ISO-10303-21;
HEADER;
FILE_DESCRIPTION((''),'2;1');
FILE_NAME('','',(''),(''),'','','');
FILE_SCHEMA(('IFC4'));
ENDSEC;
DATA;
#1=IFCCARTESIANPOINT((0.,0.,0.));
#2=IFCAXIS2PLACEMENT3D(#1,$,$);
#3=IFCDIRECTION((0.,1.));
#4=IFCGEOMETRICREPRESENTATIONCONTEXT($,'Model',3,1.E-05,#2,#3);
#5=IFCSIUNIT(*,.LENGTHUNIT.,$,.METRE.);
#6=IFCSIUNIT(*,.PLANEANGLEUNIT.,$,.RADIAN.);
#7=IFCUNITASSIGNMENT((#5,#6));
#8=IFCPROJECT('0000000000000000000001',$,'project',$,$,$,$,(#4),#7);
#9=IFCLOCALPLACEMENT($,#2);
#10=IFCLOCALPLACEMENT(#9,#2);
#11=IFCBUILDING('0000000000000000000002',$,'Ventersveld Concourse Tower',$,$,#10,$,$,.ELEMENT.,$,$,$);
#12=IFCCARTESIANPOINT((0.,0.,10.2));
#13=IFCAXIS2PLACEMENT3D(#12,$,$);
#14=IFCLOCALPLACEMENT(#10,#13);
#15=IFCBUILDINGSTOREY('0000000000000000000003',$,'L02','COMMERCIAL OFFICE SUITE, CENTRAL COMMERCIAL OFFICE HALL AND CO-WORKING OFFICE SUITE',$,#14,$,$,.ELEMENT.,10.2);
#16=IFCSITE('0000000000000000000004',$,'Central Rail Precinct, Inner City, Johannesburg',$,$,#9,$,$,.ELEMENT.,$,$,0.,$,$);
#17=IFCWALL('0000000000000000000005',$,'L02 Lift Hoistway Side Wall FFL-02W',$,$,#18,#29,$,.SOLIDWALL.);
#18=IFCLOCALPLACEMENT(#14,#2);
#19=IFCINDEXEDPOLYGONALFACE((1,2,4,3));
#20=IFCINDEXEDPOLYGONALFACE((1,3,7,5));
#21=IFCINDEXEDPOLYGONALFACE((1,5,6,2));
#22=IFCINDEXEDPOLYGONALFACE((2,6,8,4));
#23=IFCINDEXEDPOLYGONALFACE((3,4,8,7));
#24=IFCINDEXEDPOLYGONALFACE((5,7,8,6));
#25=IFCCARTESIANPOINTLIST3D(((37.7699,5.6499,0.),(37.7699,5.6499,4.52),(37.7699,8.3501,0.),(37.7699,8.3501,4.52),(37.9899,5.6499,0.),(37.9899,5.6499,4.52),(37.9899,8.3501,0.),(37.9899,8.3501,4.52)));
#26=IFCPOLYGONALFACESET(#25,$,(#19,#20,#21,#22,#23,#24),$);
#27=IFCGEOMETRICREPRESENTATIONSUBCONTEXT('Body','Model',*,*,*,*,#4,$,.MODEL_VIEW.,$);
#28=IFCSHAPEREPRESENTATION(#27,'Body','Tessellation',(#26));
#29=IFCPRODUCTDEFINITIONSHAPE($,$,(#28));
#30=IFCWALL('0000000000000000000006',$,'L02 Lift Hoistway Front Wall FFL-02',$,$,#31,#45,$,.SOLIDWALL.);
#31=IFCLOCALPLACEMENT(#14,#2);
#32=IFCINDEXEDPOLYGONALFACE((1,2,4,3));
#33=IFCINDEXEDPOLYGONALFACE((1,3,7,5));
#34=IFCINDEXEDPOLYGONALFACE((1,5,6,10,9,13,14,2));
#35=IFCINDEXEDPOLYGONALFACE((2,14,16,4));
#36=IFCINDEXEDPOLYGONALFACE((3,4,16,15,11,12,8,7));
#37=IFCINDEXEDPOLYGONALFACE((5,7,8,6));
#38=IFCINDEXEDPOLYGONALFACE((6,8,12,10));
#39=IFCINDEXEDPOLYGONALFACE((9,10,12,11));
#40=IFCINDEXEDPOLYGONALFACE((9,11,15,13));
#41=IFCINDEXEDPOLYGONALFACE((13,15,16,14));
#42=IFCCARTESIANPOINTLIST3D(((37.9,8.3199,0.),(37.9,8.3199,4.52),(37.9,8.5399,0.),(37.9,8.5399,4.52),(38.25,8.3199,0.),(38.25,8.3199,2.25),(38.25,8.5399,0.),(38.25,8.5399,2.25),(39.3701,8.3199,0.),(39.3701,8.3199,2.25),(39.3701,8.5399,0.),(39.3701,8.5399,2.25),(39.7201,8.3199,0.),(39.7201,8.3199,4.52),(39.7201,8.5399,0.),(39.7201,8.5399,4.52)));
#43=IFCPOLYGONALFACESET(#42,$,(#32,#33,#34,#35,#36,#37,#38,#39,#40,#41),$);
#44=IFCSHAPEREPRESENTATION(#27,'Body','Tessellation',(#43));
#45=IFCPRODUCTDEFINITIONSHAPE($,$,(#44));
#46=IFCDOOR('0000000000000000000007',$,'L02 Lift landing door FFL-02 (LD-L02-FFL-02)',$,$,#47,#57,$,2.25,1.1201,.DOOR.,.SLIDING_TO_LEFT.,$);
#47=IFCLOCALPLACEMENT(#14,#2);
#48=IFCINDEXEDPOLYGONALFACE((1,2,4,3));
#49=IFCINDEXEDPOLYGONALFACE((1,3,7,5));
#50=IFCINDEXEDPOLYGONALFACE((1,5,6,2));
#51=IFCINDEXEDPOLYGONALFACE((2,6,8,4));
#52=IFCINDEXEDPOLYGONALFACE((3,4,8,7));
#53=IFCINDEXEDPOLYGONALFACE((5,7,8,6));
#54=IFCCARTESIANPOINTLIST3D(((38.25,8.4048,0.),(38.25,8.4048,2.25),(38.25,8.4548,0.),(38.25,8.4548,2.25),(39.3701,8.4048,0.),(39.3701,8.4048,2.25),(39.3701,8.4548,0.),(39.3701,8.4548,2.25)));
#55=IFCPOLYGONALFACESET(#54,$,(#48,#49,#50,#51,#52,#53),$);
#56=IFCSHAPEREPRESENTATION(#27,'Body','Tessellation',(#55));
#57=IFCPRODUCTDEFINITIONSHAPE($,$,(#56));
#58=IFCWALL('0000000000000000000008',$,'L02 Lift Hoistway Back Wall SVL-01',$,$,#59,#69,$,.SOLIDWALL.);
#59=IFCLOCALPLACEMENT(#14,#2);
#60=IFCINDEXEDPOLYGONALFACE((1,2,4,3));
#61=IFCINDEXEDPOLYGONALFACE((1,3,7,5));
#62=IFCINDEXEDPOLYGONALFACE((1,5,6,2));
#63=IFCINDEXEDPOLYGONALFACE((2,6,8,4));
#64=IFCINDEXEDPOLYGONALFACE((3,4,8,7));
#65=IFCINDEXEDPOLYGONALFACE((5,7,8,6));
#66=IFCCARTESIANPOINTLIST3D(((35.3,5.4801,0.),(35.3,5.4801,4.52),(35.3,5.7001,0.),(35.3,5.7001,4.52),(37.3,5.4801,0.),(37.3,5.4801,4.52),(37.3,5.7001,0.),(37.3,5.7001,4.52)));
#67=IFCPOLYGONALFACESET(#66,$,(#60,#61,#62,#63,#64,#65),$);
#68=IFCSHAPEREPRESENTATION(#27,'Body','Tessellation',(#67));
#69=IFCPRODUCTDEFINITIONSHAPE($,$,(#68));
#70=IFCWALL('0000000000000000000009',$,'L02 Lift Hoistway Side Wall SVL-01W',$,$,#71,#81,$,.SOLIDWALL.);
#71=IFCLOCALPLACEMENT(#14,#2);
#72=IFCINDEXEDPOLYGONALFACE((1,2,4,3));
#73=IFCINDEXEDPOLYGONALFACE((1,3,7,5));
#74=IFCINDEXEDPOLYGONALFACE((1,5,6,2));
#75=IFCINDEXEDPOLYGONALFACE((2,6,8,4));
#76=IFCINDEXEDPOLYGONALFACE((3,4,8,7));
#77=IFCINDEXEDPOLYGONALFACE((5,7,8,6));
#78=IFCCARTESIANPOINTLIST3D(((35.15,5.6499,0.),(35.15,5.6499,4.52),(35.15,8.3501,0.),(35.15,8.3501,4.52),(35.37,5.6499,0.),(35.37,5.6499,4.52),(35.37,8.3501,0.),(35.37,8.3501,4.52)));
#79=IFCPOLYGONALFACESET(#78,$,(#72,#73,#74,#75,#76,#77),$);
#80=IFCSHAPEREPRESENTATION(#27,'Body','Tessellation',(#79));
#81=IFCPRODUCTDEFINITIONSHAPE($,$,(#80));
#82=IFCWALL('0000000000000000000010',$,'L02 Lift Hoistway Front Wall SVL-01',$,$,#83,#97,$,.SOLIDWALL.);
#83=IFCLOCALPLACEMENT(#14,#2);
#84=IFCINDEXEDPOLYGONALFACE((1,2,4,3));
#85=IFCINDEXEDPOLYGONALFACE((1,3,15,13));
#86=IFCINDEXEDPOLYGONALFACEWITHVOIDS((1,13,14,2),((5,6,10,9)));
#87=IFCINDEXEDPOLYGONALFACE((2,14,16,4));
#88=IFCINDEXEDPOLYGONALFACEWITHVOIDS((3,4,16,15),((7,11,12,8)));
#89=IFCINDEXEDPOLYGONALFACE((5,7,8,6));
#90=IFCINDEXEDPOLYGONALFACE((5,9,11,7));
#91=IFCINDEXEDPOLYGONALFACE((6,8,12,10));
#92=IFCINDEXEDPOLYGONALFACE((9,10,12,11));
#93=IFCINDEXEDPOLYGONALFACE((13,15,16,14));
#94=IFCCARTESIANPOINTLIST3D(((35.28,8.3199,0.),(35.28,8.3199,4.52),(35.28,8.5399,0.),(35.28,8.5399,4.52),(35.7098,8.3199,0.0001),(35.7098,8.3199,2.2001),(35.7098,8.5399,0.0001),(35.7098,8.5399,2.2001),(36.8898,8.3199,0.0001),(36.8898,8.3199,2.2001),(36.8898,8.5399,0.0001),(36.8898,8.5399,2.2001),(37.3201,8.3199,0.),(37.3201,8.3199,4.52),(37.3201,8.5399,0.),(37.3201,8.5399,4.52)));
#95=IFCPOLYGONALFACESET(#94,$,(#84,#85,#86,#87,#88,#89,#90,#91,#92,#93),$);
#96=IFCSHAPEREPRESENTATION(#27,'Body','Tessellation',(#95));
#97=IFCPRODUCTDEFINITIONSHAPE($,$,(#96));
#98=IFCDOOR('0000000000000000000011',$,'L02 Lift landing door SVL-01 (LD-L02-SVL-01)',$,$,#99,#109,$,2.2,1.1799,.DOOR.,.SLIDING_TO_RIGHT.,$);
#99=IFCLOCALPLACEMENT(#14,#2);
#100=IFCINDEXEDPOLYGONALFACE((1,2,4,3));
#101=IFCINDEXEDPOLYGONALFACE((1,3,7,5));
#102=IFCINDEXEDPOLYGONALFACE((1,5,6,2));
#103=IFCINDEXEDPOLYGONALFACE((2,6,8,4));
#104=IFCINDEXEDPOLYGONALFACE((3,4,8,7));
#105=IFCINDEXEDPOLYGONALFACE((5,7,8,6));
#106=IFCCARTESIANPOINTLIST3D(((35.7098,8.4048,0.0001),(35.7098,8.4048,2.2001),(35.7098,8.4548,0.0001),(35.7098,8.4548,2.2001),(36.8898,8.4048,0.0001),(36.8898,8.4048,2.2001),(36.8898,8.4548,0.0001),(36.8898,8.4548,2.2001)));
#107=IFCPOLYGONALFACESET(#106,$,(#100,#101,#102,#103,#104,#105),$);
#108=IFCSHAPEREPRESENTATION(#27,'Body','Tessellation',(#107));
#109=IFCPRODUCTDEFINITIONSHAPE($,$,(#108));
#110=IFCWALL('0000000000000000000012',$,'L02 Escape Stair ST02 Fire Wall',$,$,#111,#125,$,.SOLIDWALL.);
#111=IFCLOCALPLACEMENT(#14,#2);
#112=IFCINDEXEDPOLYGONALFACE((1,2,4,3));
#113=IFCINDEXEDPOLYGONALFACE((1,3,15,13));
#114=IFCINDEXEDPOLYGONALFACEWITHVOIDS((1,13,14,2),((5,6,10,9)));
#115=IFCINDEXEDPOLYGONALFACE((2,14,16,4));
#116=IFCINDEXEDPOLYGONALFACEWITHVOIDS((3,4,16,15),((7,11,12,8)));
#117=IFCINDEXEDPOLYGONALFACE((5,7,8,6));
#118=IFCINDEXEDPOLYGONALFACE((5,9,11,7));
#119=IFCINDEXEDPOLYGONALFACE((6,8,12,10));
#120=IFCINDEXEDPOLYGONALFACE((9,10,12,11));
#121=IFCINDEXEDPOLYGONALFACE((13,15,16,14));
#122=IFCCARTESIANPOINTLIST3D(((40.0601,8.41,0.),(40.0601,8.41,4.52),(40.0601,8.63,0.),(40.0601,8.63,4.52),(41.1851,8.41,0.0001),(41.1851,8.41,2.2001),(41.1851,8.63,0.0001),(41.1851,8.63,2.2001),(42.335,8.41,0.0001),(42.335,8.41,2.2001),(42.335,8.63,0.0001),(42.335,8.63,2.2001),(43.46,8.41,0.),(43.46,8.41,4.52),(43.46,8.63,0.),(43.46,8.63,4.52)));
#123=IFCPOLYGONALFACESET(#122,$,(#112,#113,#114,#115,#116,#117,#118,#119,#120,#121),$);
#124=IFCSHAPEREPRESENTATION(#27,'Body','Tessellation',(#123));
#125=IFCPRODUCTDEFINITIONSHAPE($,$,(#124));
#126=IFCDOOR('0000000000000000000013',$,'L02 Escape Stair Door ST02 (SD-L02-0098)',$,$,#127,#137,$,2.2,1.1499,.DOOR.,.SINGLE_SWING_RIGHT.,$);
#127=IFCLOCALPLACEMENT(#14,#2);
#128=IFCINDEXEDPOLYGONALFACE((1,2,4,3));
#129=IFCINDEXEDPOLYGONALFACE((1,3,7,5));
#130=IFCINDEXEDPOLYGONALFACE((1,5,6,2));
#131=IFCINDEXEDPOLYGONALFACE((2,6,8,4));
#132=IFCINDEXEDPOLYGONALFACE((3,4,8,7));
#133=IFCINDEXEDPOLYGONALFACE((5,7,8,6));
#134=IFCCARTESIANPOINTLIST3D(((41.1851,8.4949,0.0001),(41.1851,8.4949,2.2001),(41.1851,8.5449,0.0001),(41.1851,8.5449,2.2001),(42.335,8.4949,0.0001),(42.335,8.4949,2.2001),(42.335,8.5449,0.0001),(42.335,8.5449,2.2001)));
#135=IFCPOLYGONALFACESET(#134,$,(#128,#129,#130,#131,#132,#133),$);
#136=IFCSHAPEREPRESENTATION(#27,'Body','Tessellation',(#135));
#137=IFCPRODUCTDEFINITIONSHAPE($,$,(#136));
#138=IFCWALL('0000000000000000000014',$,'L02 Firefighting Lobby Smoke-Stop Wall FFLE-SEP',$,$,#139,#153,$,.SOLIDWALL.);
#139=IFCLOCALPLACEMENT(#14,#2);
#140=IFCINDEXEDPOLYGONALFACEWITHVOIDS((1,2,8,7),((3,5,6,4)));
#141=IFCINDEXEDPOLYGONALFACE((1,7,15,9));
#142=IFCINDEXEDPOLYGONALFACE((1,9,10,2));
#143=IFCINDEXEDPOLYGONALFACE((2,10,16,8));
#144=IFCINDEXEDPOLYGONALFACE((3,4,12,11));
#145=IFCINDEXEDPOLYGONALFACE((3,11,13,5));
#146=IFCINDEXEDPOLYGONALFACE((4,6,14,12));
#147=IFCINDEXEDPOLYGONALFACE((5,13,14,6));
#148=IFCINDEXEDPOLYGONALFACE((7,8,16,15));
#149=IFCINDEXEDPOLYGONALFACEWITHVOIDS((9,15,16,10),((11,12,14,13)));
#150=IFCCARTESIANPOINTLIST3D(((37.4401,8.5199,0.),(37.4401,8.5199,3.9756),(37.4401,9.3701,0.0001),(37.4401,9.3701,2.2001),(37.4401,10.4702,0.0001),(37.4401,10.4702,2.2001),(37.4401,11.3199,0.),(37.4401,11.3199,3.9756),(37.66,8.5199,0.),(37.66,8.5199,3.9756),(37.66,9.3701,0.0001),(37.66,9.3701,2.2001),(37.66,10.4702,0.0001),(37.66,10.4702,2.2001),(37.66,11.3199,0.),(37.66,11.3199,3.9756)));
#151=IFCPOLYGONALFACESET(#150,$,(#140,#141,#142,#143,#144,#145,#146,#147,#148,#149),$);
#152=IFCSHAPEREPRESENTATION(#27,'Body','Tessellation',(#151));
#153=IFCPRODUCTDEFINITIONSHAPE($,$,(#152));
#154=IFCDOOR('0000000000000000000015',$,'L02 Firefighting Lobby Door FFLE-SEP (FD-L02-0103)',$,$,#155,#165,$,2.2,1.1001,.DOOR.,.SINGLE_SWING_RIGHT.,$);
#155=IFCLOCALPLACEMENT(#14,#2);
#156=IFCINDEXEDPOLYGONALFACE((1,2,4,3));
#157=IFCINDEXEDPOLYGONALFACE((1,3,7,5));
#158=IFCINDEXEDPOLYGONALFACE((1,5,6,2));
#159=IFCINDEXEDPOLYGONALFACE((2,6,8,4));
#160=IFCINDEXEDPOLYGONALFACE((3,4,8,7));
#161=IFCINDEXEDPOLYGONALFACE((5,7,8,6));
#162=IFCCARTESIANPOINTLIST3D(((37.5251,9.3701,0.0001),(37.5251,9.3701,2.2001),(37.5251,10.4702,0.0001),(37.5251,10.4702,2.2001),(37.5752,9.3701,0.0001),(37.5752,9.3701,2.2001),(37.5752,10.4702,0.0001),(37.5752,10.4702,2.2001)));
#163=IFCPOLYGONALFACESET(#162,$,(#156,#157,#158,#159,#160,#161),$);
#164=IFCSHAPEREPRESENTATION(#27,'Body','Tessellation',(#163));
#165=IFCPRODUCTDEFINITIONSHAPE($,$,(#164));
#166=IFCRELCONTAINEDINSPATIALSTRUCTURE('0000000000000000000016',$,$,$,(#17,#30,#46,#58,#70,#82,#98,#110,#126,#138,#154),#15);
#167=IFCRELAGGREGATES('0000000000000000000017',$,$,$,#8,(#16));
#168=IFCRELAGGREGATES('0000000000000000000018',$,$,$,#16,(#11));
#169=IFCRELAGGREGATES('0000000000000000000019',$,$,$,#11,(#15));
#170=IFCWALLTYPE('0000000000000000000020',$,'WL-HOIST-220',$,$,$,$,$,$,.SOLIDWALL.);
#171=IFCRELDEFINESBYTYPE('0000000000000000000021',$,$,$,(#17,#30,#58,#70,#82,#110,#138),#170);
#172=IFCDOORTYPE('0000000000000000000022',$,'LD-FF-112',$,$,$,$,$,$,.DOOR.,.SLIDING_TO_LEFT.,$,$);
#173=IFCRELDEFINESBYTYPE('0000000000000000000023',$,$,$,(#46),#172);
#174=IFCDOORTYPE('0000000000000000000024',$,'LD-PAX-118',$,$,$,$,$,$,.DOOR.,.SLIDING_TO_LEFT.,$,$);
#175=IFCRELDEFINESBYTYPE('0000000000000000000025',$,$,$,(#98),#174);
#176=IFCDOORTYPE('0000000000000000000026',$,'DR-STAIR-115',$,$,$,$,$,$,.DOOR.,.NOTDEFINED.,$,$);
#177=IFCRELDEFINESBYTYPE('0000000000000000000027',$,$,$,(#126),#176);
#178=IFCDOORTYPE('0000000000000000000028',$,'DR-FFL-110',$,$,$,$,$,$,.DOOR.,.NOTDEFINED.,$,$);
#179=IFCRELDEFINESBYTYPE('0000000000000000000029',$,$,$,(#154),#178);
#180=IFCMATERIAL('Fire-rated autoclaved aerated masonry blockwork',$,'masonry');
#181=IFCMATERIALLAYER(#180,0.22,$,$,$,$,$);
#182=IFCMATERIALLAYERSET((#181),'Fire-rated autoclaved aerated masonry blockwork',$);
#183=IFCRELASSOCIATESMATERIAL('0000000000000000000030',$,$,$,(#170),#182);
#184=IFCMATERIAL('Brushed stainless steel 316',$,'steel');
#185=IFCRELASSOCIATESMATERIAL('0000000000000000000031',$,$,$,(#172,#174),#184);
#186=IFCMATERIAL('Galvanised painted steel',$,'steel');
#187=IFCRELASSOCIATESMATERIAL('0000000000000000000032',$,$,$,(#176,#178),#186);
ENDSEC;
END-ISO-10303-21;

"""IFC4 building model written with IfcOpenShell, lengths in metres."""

from ifc_helpers import new_model, si_unit, direction, frame, frame_2d, origin, place, context, subcontext, project, spatial, rectangle, extrude, material, layer, layer_set, type_object, element, fill, save


model = new_model("IFC4")

# Units and contexts
model_context = context("Model", 3, precision=1e-05, world=origin(), true_north=direction((0.0, 1.0)))
body_context = subcontext(model_context, "Body", "Model", "MODEL_VIEW")
ifc_project = project(units=[si_unit("LENGTHUNIT", "METRE"), si_unit("PLANEANGLEUNIT", "RADIAN")], contexts=[model_context])

# Site, building, storey
site_placement = place(None, origin())
site = spatial("IfcSite", under=ifc_project, at=site_placement, Name="Central Rail Precinct, Inner City, Johannesburg", CompositionType="ELEMENT", RefElevation=0.0)
building_placement = place(site_placement, origin())
building = spatial("IfcBuilding", under=site, at=building_placement, Name="Ventersveld Concourse Tower", CompositionType="ELEMENT")
storey_placement = place(building_placement, frame((0.0, 0.0, 10.2)))
storey = spatial("IfcBuildingStorey", under=building, at=storey_placement, Name="L02", Description="COMMERCIAL OFFICE SUITE, CENTRAL COMMERCIAL OFFICE HALL AND CO-WORKING OFFICE SUITE", CompositionType="ELEMENT", Elevation=10.2)

# Shared definitions
ifc_material_1 = material(Name="Fire-rated autoclaved aerated masonry blockwork", Category="masonry")

# Wall
ifc_layer_1 = layer(ifc_material_1, 0.22)
ifc_layer_set_1 = layer_set([ifc_layer_1], Name="Fire-rated autoclaved aerated masonry blockwork")
wall_type_1 = type_object("IfcWallType", Name="WL-HOIST-220", PredefinedType="SOLIDWALL", material=ifc_layer_set_1)
wall_1_placement = place(storey_placement, frame((37.8799, 5.6499, 0.0), z_axis=(0.0, 0.0, 1.0), x_axis=(0.0, 1.0, 0.0)))
element("IfcWall", 1, at=wall_1_placement, inside=storey, type_object=wall_type_1, Name="L02 Lift Hoistway Side Wall FFL-02W", PredefinedType="SOLIDWALL", context=body_context, shape_type="SweptSolid", body=[
    extrude(rectangle(XDim=2.7002, YDim=0.22, at=frame_2d((1.3501, 0.0))), origin(), (0.0, 0.0, 1.0), 4.52),
])

# Wall, opening, door
wall_2_placement = place(storey_placement, frame((37.8999, 8.4299, 0.0), z_axis=(0.0, 0.0, 1.0), x_axis=(1.0, 0.0, 0.0)))
wall_2 = element("IfcWall", 2, at=wall_2_placement, inside=storey, type_object=wall_type_1, Name="L02 Lift Hoistway Front Wall FFL-02", PredefinedType="SOLIDWALL", context=body_context, shape_type="SweptSolid", body=[
    extrude(rectangle(XDim=1.8201, YDim=0.22, at=frame_2d((0.9102, 0.0))), origin(), (0.0, 0.0, 1.0), 4.52),
])
opening_1_placement = place(wall_2_placement, frame((0.3501, 0.0, 0.0)))
opening_1 = element("IfcOpeningElement", 3, at=opening_1_placement, cuts=wall_2, PredefinedType="OPENING", context=body_context, shape_type="SweptSolid", body=[
    extrude(rectangle(XDim=1.1201, YDim=2.25, at=frame_2d((0.5601, 1.125))), frame((0.0, 0.1201, 0.0), z_axis=(0.0, -1.0, 0.0), x_axis=(1.0, 0.0, 0.0)), (0.0, 0.0, 1.0), 0.24),
])
ifc_material_2 = material(Name="Brushed stainless steel 316", Category="steel")
door_type_1 = type_object("IfcDoorType", Name="LD-FF-112", OperationType="SLIDING_TO_LEFT", PredefinedType="DOOR", material=ifc_material_2)
door_1_placement = place(opening_1_placement, origin())
door_1 = element("IfcDoor", 4, at=door_1_placement, inside=storey, type_object=door_type_1, Name="L02 Lift landing door FFL-02 (LD-L02-FFL-02)", OperationType="SLIDING_TO_LEFT", OverallHeight=2.25, OverallWidth=1.1201, PredefinedType="DOOR", context=body_context, shape_type="SweptSolid", body=[
    extrude(rectangle(XDim=1.1201, YDim=2.25, at=frame_2d((0.5601, 1.125))), frame((0.0, 0.0249, 0.0), z_axis=(0.0, -1.0, 0.0), x_axis=(1.0, 0.0, 0.0)), (0.0, 0.0, 1.0), 0.05),
])
fill(opening_1, door_1)

# Walls
wall_3_placement = place(storey_placement, frame((35.3, 5.5901, 0.0), z_axis=(0.0, 0.0, 1.0), x_axis=(1.0, 0.0, 0.0)))
element("IfcWall", 5, at=wall_3_placement, inside=storey, type_object=wall_type_1, Name="L02 Lift Hoistway Back Wall SVL-01", PredefinedType="SOLIDWALL", context=body_context, shape_type="SweptSolid", body=[
    extrude(rectangle(XDim=2.0, YDim=0.22, at=frame_2d((1.0, 0.0))), origin(), (0.0, 0.0, 1.0), 4.52),
])
wall_4_placement = place(storey_placement, frame((35.26, 5.6499, 0.0), z_axis=(0.0, 0.0, 1.0), x_axis=(0.0, 1.0, 0.0)))
element("IfcWall", 6, at=wall_4_placement, inside=storey, type_object=wall_type_1, Name="L02 Lift Hoistway Side Wall SVL-01W", PredefinedType="SOLIDWALL", context=body_context, shape_type="SweptSolid", body=[
    extrude(rectangle(XDim=2.7002, YDim=0.22, at=frame_2d((1.3501, 0.0))), origin(), (0.0, 0.0, 1.0), 4.52),
])

# Walls, openings, doors
wall_5_placement = place(storey_placement, frame((35.28, 8.4299, 0.0), z_axis=(0.0, 0.0, 1.0), x_axis=(1.0, 0.0, 0.0)))
wall_5 = element("IfcWall", 7, at=wall_5_placement, inside=storey, type_object=wall_type_1, Name="L02 Lift Hoistway Front Wall SVL-01", PredefinedType="SOLIDWALL", context=body_context, shape_type="SweptSolid", body=[
    extrude(rectangle(XDim=2.04, YDim=0.22, at=frame_2d((1.02, 0.0))), origin(), (0.0, 0.0, 1.0), 4.52),
])
opening_2_placement = place(wall_5_placement, frame((0.4299, 0.0, 0.0)))
opening_2 = element("IfcOpeningElement", 8, at=opening_2_placement, cuts=wall_5, PredefinedType="OPENING", context=body_context, shape_type="SweptSolid", body=[
    extrude(rectangle(XDim=1.1799, YDim=2.2, at=frame_2d((0.5898, 1.1001))), frame((0.0, 0.1201, 0.0), z_axis=(0.0, -1.0, 0.0), x_axis=(1.0, 0.0, 0.0)), (0.0, 0.0, 1.0), 0.24),
])
door_type_2 = type_object("IfcDoorType", Name="LD-PAX-118", OperationType="SLIDING_TO_LEFT", PredefinedType="DOOR", material=ifc_material_2)
door_2_placement = place(opening_2_placement, origin())
door_2 = element("IfcDoor", 9, at=door_2_placement, inside=storey, type_object=door_type_2, Name="L02 Lift landing door SVL-01 (LD-L02-SVL-01)", OperationType="SLIDING_TO_RIGHT", OverallHeight=2.2, OverallWidth=1.1799, PredefinedType="DOOR", context=body_context, shape_type="SweptSolid", body=[
    extrude(rectangle(XDim=1.1799, YDim=2.2, at=frame_2d((0.5898, 1.1001))), frame((0.0, 0.0249, 0.0), z_axis=(0.0, -1.0, 0.0), x_axis=(1.0, 0.0, 0.0)), (0.0, 0.0, 1.0), 0.05),
])
fill(opening_2, door_2)
wall_6_placement = place(storey_placement, frame((40.0601, 8.52, 0.0), z_axis=(0.0, 0.0, 1.0), x_axis=(1.0, 0.0, 0.0)))
wall_6 = element("IfcWall", 10, at=wall_6_placement, inside=storey, type_object=wall_type_1, Name="L02 Escape Stair ST02 Fire Wall", PredefinedType="SOLIDWALL", context=body_context, shape_type="SweptSolid", body=[
    extrude(rectangle(XDim=3.3999, YDim=0.22, at=frame_2d((1.7, 0.0))), origin(), (0.0, 0.0, 1.0), 4.52),
])
opening_3_placement = place(wall_6_placement, frame((1.125, 0.0, 0.0)))
opening_3 = element("IfcOpeningElement", 11, at=opening_3_placement, cuts=wall_6, PredefinedType="OPENING", context=body_context, shape_type="SweptSolid", body=[
    extrude(rectangle(XDim=1.1499, YDim=2.2, at=frame_2d((0.575, 1.1001))), frame((0.0, 0.1201, 0.0), z_axis=(0.0, -1.0, 0.0), x_axis=(1.0, 0.0, 0.0)), (0.0, 0.0, 1.0), 0.24),
])
ifc_material_3 = material(Name="Galvanised painted steel", Category="steel")
door_type_3 = type_object("IfcDoorType", Name="DR-STAIR-115", OperationType="NOTDEFINED", PredefinedType="DOOR", material=ifc_material_3)
door_3_placement = place(opening_3_placement, origin())
door_3 = element("IfcDoor", 12, at=door_3_placement, inside=storey, type_object=door_type_3, Name="L02 Escape Stair Door ST02 (SD-L02-0098)", OperationType="SINGLE_SWING_RIGHT", OverallHeight=2.2, OverallWidth=1.1499, PredefinedType="DOOR", context=body_context, shape_type="SweptSolid", body=[
    extrude(rectangle(XDim=1.1499, YDim=2.2, at=frame_2d((0.575, 1.1001))), frame((0.0, 0.0249, 0.0), z_axis=(0.0, -1.0, 0.0), x_axis=(1.0, 0.0, 0.0)), (0.0, 0.0, 1.0), 0.05),
])
fill(opening_3, door_3)
wall_7_placement = place(storey_placement, frame((37.55, 8.52, 0.0), z_axis=(0.0, 0.0, 1.0), x_axis=(0.0, 1.0, 0.0)))
wall_7 = element("IfcWall", 13, at=wall_7_placement, inside=storey, type_object=wall_type_1, Name="L02 Firefighting Lobby Smoke-Stop Wall FFLE-SEP", PredefinedType="SOLIDWALL", context=body_context, shape_type="SweptSolid", body=[
    extrude(rectangle(XDim=2.8, YDim=0.22, at=frame_2d((1.3999, 0.0))), origin(), (0.0, 0.0, 1.0), 3.9756),
])
opening_4_placement = place(wall_7_placement, frame((0.8501, 0.0, 0.0)))
opening_4 = element("IfcOpeningElement", 14, at=opening_4_placement, cuts=wall_7, PredefinedType="OPENING", context=body_context, shape_type="SweptSolid", body=[
    extrude(rectangle(XDim=1.1001, YDim=2.2, at=frame_2d((0.55, 1.1001))), frame((0.0, 0.1201, 0.0), z_axis=(0.0, -1.0, 0.0), x_axis=(1.0, 0.0, 0.0)), (0.0, 0.0, 1.0), 0.24),
])
door_type_4 = type_object("IfcDoorType", Name="DR-FFL-110", OperationType="NOTDEFINED", PredefinedType="DOOR", material=ifc_material_3)
door_4_placement = place(opening_4_placement, origin())
door_4 = element("IfcDoor", 15, at=door_4_placement, inside=storey, type_object=door_type_4, Name="L02 Firefighting Lobby Door FFLE-SEP (FD-L02-0103)", OperationType="SINGLE_SWING_RIGHT", OverallHeight=2.2, OverallWidth=1.1001, PredefinedType="DOOR", context=body_context, shape_type="SweptSolid", body=[
    extrude(rectangle(XDim=1.1001, YDim=2.2, at=frame_2d((0.55, 1.1001))), frame((0.0, 0.0249, 0.0), z_axis=(0.0, -1.0, 0.0), x_axis=(1.0, 0.0, 0.0)), (0.0, 0.0, 1.0), 0.05),
])
fill(opening_4, door_4)

save(model, "model.ifc")
